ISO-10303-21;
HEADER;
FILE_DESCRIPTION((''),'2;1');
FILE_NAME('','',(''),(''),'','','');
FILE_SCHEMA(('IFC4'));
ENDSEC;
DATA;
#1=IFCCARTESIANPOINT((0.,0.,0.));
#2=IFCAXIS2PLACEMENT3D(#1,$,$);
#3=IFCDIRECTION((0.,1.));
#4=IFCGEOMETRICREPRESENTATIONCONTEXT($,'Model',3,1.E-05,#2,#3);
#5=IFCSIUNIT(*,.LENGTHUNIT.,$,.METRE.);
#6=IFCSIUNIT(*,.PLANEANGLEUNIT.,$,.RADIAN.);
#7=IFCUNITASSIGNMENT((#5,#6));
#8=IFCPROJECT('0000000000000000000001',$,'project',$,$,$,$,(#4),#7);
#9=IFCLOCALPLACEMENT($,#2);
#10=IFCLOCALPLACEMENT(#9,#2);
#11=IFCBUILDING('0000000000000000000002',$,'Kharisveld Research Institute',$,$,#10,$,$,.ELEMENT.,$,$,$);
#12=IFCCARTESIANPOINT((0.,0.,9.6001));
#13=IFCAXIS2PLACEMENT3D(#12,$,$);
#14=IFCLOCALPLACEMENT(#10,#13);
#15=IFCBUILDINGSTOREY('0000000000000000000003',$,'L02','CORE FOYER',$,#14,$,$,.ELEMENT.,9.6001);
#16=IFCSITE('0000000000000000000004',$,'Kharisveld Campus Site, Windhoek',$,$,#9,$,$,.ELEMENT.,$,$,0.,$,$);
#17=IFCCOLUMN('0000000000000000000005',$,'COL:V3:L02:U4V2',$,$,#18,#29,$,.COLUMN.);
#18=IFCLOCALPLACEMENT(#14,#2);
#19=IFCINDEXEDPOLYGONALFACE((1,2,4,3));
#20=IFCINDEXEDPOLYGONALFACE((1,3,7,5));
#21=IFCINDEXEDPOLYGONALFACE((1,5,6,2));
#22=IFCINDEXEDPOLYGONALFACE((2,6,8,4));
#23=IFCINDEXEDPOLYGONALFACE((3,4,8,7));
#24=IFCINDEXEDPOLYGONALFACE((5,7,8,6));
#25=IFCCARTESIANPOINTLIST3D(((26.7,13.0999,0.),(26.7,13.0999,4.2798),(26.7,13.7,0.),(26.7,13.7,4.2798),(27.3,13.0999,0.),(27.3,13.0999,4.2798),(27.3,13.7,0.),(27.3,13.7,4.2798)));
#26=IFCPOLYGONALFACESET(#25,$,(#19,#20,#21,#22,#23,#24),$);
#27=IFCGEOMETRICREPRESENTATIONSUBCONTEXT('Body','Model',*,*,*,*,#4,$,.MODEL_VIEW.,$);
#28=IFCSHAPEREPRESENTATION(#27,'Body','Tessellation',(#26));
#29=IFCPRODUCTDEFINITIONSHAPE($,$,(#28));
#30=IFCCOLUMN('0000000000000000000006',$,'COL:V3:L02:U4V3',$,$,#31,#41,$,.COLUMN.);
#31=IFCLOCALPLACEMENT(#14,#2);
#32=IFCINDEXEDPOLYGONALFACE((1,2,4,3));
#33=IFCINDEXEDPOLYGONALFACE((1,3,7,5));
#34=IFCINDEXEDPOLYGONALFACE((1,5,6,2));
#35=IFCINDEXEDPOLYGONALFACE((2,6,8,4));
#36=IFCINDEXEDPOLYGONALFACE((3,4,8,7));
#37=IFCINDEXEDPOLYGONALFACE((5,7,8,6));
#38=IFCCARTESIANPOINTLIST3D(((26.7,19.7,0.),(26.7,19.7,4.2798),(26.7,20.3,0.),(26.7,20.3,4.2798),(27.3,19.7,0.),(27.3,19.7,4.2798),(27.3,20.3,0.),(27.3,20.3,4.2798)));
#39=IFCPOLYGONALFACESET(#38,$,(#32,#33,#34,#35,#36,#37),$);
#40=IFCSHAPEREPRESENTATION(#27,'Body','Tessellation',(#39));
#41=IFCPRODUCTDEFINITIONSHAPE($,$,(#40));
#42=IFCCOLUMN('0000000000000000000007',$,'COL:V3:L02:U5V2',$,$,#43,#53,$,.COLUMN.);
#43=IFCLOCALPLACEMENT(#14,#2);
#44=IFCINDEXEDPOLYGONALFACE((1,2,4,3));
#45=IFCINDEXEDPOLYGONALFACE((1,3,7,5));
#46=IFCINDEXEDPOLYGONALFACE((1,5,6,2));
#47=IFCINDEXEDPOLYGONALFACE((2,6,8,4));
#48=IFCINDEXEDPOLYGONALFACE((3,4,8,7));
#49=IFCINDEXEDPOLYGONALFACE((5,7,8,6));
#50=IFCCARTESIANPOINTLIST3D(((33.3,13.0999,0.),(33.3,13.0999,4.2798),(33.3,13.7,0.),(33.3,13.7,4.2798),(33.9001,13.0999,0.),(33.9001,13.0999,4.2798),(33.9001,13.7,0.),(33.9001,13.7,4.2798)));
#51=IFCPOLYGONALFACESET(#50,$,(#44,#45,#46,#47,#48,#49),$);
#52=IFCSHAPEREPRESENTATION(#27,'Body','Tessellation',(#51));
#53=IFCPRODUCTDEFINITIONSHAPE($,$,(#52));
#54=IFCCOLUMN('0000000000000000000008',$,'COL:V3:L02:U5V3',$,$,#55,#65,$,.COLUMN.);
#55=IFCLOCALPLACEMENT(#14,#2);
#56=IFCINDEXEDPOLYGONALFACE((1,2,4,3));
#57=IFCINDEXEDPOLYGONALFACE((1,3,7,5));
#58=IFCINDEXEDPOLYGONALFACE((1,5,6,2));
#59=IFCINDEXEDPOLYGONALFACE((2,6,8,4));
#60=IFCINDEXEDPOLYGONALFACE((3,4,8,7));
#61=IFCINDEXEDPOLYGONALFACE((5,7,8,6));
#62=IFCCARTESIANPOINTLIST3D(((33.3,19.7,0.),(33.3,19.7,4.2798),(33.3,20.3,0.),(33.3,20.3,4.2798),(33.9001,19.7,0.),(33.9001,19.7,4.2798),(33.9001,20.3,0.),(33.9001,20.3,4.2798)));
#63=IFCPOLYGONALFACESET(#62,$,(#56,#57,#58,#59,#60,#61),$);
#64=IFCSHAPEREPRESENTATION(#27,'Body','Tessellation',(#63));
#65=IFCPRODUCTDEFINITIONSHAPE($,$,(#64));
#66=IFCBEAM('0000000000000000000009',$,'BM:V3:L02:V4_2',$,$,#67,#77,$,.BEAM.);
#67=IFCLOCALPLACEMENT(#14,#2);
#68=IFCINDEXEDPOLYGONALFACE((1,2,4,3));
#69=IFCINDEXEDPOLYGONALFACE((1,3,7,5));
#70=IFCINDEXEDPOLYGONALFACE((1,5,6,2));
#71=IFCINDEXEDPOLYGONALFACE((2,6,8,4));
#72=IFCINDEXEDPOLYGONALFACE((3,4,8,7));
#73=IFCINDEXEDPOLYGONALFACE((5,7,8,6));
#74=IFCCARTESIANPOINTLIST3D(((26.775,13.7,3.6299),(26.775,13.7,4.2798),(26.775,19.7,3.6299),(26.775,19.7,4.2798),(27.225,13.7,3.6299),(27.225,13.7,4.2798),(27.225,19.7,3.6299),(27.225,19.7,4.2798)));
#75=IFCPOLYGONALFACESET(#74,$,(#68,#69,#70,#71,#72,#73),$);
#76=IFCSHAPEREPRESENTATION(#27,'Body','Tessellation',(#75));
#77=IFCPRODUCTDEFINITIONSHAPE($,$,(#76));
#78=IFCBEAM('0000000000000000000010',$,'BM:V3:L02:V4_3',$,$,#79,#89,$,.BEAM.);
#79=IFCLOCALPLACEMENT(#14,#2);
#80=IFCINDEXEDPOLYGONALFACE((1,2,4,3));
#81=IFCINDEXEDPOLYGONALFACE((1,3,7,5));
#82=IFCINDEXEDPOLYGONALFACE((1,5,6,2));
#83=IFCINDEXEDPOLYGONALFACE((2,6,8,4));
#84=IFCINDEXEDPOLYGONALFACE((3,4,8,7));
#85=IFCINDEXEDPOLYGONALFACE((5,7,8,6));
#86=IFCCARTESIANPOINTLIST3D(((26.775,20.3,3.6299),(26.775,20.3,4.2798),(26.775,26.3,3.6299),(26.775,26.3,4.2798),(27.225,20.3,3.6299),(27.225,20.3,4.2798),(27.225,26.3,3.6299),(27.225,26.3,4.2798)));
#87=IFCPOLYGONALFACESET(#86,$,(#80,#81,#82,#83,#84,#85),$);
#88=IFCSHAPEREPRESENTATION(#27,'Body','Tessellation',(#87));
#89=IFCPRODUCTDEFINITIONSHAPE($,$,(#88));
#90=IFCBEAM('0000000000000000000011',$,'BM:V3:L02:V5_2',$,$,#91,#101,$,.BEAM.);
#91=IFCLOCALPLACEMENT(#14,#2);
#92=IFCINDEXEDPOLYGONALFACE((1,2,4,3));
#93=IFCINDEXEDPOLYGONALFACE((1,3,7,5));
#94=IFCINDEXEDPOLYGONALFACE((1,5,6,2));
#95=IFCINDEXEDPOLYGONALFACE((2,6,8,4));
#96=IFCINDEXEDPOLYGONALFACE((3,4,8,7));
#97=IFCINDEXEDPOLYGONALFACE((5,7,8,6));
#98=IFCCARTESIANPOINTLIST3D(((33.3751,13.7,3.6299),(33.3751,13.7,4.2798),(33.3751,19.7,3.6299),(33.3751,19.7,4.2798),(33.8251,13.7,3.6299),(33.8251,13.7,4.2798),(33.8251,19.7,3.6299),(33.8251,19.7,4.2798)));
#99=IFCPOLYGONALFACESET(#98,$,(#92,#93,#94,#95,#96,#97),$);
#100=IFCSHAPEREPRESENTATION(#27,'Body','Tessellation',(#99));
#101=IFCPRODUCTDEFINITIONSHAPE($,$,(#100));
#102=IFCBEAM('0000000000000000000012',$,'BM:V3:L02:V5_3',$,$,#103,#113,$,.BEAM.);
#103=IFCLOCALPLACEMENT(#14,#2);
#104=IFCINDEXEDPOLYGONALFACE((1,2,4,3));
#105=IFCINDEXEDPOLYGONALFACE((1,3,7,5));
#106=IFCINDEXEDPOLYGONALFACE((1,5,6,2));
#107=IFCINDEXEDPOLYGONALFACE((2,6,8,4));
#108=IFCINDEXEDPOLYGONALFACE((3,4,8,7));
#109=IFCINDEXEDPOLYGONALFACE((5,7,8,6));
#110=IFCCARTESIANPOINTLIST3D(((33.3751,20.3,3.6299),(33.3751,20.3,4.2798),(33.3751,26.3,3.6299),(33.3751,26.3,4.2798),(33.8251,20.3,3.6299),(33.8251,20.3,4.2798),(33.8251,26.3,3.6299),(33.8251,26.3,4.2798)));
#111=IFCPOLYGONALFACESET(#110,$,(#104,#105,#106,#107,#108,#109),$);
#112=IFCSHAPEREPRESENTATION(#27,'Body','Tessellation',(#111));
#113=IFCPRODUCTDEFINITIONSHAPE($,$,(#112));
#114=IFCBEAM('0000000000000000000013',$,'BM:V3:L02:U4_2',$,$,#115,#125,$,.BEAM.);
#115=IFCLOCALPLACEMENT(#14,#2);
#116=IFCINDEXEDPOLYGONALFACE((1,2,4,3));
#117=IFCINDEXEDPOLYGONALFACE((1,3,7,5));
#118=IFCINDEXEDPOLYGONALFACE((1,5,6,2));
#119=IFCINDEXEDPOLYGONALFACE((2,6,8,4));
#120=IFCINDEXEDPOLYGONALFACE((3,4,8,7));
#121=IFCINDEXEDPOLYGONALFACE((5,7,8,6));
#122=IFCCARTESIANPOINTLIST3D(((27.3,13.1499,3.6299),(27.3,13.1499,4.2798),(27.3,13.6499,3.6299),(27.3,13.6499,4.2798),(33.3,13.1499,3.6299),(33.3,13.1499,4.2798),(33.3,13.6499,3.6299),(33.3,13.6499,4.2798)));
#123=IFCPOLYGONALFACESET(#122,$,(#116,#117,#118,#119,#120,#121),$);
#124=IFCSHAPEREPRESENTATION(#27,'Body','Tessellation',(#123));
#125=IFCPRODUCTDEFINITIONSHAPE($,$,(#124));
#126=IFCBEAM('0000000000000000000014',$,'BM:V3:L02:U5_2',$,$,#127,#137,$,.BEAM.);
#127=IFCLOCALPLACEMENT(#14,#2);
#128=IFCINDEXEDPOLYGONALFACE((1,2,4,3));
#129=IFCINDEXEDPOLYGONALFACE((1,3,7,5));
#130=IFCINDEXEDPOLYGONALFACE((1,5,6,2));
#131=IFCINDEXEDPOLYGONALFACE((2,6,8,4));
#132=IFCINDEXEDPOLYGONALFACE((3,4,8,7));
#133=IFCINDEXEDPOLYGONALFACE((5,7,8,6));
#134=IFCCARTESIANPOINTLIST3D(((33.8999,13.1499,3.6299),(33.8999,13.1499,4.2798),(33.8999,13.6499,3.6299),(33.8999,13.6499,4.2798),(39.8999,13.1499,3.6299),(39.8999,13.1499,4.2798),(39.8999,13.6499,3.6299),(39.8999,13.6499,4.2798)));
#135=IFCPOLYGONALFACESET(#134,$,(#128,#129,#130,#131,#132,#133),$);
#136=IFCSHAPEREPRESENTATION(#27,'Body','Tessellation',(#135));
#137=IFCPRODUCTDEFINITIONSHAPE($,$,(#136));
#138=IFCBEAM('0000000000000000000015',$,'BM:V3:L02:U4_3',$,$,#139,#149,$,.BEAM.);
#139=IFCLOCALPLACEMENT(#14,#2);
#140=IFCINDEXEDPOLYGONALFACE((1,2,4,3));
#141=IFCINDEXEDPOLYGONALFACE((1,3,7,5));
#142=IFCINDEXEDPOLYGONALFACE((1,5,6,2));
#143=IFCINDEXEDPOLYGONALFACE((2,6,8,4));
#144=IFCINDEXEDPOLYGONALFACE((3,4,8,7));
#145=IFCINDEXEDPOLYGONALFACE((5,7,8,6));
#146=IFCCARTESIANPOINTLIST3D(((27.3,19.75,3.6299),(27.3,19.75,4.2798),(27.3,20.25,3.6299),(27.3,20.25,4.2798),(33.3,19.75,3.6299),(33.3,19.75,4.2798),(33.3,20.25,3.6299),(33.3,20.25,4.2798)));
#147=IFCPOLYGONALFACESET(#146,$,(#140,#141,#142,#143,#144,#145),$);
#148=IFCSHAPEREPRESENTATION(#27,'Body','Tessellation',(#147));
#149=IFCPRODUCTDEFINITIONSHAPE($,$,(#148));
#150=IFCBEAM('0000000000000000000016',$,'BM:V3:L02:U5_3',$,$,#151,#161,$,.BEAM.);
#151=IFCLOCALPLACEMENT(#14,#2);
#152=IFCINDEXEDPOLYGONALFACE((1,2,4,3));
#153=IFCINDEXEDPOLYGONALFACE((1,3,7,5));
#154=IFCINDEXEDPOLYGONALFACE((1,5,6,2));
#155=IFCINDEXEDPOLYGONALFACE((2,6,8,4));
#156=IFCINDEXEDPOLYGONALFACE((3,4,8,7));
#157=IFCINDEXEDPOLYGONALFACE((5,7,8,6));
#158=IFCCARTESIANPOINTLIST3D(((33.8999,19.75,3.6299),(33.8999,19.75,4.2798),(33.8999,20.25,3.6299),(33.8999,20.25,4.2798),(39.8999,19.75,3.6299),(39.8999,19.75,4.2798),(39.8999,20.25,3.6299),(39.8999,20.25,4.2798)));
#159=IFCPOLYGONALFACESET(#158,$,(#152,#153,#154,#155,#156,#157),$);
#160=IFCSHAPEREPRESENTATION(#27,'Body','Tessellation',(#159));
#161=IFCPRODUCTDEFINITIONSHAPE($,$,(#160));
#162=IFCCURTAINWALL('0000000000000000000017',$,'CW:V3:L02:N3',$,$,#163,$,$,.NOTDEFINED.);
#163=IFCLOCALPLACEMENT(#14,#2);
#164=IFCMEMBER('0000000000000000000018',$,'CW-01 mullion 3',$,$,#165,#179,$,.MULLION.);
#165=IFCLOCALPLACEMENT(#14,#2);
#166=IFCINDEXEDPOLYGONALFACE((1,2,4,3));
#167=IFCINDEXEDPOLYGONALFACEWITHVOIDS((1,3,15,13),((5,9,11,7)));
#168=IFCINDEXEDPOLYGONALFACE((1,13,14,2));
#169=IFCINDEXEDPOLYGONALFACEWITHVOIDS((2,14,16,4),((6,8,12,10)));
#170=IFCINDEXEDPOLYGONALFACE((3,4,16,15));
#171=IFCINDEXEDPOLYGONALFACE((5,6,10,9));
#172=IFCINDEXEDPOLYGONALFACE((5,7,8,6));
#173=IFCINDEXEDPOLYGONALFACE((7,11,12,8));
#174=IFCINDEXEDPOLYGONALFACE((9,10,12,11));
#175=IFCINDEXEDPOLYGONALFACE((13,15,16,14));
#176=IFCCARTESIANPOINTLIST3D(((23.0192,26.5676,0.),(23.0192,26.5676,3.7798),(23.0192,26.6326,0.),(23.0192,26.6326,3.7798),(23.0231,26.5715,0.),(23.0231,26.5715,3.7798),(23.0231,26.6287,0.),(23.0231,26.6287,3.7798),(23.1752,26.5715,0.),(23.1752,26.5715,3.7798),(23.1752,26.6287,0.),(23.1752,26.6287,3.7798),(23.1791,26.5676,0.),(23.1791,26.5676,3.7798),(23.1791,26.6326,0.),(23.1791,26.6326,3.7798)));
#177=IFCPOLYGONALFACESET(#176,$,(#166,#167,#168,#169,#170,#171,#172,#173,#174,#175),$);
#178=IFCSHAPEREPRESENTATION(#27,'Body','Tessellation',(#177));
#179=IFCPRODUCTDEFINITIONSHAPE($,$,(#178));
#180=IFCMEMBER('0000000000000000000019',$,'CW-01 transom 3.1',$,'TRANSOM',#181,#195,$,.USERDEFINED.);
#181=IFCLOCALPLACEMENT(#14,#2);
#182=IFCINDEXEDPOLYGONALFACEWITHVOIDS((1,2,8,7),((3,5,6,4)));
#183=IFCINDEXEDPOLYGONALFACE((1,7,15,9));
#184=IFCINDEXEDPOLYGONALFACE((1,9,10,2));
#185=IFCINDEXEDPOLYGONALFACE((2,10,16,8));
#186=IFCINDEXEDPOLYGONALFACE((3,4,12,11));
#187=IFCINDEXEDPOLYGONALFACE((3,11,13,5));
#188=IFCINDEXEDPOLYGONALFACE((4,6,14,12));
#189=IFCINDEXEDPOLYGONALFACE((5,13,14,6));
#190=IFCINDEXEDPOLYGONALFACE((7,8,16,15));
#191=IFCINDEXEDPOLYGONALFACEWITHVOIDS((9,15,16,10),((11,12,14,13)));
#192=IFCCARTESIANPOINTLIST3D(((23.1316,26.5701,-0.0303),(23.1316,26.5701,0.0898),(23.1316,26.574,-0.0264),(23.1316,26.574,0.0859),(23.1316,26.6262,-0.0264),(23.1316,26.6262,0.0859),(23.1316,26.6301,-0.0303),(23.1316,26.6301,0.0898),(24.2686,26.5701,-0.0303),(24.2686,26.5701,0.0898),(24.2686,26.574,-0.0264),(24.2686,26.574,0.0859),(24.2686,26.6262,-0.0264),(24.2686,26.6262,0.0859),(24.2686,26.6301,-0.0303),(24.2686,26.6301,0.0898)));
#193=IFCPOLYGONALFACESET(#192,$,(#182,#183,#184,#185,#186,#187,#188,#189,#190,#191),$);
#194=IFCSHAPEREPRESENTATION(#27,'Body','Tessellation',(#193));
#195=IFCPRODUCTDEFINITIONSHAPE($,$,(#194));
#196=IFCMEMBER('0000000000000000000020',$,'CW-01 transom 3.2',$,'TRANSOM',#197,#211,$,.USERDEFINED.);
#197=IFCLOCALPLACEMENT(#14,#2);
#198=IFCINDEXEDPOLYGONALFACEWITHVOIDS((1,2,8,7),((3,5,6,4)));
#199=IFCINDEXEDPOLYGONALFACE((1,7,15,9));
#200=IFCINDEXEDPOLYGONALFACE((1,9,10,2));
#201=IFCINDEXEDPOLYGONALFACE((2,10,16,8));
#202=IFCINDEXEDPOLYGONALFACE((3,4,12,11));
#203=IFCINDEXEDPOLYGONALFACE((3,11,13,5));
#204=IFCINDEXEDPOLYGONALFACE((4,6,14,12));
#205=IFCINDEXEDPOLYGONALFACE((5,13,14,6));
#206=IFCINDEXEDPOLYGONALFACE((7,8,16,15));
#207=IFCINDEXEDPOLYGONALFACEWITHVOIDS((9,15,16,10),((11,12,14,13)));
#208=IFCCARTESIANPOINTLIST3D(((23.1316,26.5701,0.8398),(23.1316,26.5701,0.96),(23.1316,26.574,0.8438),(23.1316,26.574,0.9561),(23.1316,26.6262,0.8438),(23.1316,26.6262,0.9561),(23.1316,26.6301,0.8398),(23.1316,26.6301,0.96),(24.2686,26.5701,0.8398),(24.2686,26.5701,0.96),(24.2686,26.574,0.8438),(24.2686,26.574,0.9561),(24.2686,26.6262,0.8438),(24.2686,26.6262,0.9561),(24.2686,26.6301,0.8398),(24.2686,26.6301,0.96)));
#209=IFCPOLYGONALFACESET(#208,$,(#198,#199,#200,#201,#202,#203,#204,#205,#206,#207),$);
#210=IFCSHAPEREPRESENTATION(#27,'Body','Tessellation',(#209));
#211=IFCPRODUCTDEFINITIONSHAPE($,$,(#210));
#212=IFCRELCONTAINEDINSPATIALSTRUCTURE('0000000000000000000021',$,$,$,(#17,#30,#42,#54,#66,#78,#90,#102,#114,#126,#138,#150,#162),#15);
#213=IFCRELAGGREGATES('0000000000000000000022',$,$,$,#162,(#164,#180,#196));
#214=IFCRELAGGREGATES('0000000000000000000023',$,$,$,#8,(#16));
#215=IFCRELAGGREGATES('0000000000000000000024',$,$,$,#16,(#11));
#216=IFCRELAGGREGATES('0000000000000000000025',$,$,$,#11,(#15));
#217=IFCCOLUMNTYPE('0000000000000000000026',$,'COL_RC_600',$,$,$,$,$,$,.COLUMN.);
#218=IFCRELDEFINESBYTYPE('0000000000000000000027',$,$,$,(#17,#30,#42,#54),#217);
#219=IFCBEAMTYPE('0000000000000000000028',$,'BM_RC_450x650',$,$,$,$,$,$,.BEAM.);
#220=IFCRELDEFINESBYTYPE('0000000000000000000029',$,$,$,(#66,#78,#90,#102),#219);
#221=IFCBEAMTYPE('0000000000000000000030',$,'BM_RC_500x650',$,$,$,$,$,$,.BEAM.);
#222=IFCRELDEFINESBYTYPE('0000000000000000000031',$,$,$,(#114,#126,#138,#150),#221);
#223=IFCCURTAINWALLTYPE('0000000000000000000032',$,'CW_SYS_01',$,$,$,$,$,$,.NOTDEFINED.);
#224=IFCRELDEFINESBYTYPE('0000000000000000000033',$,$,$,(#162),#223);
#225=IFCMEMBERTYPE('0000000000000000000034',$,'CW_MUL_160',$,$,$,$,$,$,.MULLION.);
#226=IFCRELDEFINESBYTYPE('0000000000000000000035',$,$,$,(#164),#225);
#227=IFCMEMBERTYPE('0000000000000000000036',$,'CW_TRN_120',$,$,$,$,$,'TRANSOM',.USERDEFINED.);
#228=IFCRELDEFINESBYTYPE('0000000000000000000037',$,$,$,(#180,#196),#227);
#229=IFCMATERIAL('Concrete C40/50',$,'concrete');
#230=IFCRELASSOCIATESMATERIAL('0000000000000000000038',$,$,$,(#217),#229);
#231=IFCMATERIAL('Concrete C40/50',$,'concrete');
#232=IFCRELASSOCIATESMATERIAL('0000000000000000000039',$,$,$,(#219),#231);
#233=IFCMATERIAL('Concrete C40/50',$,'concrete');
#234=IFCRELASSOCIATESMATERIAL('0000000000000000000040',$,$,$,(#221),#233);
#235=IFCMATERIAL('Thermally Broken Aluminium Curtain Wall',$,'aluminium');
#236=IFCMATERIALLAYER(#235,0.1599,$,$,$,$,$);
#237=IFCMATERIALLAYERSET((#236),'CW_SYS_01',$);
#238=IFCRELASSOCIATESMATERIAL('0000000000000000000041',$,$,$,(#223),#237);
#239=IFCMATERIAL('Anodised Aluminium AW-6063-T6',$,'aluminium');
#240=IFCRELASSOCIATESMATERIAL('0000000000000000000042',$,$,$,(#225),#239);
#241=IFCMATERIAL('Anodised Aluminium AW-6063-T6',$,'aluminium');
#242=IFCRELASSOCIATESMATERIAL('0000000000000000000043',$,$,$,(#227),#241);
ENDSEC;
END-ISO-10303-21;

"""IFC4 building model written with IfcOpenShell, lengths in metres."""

from ifc_helpers import new_model, si_unit, direction, frame, origin, origin_2d, place, context, subcontext, project, spatial, rectangle, hollow_rectangle, extrude, material, layer, layer_set, material_profile, profile_set, type_object, element, aggregate, save


model = new_model("IFC4")

# Units and contexts
model_context = context("Model", 3, precision=1e-05, world=origin(), true_north=direction((0.0, 1.0)))
body_context = subcontext(model_context, "Body", "Model", "MODEL_VIEW")
ifc_project = project(units=[si_unit("LENGTHUNIT", "METRE"), si_unit("PLANEANGLEUNIT", "RADIAN")], contexts=[model_context])

# Site, building, storey
site_placement = place(None, origin())
site = spatial("IfcSite", under=ifc_project, at=site_placement, Name="Kharisveld Campus Site, Windhoek", CompositionType="ELEMENT", RefElevation=0.0)
building_placement = place(site_placement, origin())
building = spatial("IfcBuilding", under=site, at=building_placement, Name="Kharisveld Research Institute", CompositionType="ELEMENT")
storey_placement = place(building_placement, frame((0.0, 0.0, 9.6001)))
storey = spatial("IfcBuildingStorey", under=building, at=storey_placement, Name="L02", Description="CORE FOYER", CompositionType="ELEMENT", Elevation=9.6001)

# Columns
ifc_material_1 = material(Name="Concrete C40/50", Category="concrete")
ifc_material_profile_1 = material_profile(ifc_material_1, rectangle(XDim=0.6001, YDim=0.6001, at=origin_2d()))
ifc_profile_set_1 = profile_set([ifc_material_profile_1], Name="Concrete C40/50")
column_type = type_object("IfcColumnType", Name="COL_RC_600", PredefinedType="COLUMN", material=ifc_profile_set_1)
for number, where, z_axis, x_axis, name in (
    (1, (27.0, 13.3999, 0.0), (0.0, 0.0, 1.0), (1.0, 0.0, 0.0), "COL:V3:L02:U4V2"),
    (2, (27.0, 20.0, 0.0), (0.0, 0.0, 1.0), (1.0, 0.0, 0.0), "COL:V3:L02:U4V3"),
    (3, (33.6001, 13.3999, 0.0), (0.0, 0.0, 1.0), (1.0, 0.0, 0.0), "COL:V3:L02:U5V2"),
    (4, (33.6001, 20.0, 0.0), (0.0, 0.0, 1.0), (1.0, 0.0, 0.0), "COL:V3:L02:U5V3"),
):
    element("IfcColumn", number, at=place(storey_placement, frame(where, z_axis=z_axis, x_axis=x_axis)), inside=storey, type_object=column_type, Name=name, PredefinedType="COLUMN", context=body_context, shape_type="SweptSolid", body=[
        extrude(rectangle(XDim=0.6001, YDim=0.6001, at=origin_2d()), origin(), (0.0, 0.0, 1.0), 4.2798),
    ])

# Beams
ifc_material_2 = material(Name="Concrete C40/50", Category="concrete")
ifc_material_profile_2 = material_profile(ifc_material_2, rectangle(XDim=0.45, YDim=0.6499, at=origin_2d()))
ifc_profile_set_2 = profile_set([ifc_material_profile_2], Name="Concrete C40/50")
beam_type_1 = type_object("IfcBeamType", Name="BM_RC_450x650", PredefinedType="BEAM", material=ifc_profile_set_2)
for number, where, z_axis, x_axis, name in (
    (5, (27.0, 13.7, 3.9548), (0.0, 1.0, 0.0), (-1.0, 0.0, 0.0), "BM:V3:L02:V4_2"),
    (6, (27.0, 20.3, 3.9548), (0.0, 1.0, 0.0), (-1.0, 0.0, 0.0), "BM:V3:L02:V4_3"),
    (7, (33.6001, 13.7, 3.9548), (0.0, 1.0, 0.0), (-1.0, 0.0, 0.0), "BM:V3:L02:V5_2"),
    (8, (33.6001, 20.3, 3.9548), (0.0, 1.0, 0.0), (-1.0, 0.0, 0.0), "BM:V3:L02:V5_3"),
):
    element("IfcBeam", number, at=place(storey_placement, frame(where, z_axis=z_axis, x_axis=x_axis)), inside=storey, type_object=beam_type_1, Name=name, PredefinedType="BEAM", context=body_context, shape_type="SweptSolid", body=[
        extrude(rectangle(XDim=0.45, YDim=0.6499, at=origin_2d()), origin(), (0.0, 0.0, 1.0), 6.0),
    ])
ifc_material_3 = material(Name="Concrete C40/50", Category="concrete")
ifc_material_profile_3 = material_profile(ifc_material_3, rectangle(XDim=0.5, YDim=0.6499, at=origin_2d()))
ifc_profile_set_3 = profile_set([ifc_material_profile_3], Name="Concrete C40/50")
beam_type_2 = type_object("IfcBeamType", Name="BM_RC_500x650", PredefinedType="BEAM", material=ifc_profile_set_3)
for number, where, z_axis, x_axis, name in (
    (9, (27.3, 13.3999, 3.9548), (1.0, 0.0, 0.0), (0.0, 1.0, 0.0), "BM:V3:L02:U4_2"),
    (10, (33.8999, 13.3999, 3.9548), (1.0, 0.0, 0.0), (0.0, 1.0, 0.0), "BM:V3:L02:U5_2"),
    (11, (27.3, 20.0, 3.9548), (1.0, 0.0, 0.0), (0.0, 1.0, 0.0), "BM:V3:L02:U4_3"),
    (12, (33.8999, 20.0, 3.9548), (1.0, 0.0, 0.0), (0.0, 1.0, 0.0), "BM:V3:L02:U5_3"),
):
    element("IfcBeam", number, at=place(storey_placement, frame(where, z_axis=z_axis, x_axis=x_axis)), inside=storey, type_object=beam_type_2, Name=name, PredefinedType="BEAM", context=body_context, shape_type="SweptSolid", body=[
        extrude(rectangle(XDim=0.5, YDim=0.6499, at=origin_2d()), origin(), (0.0, 0.0, 1.0), 6.0),
    ])

# Curtain wall, members
ifc_material_4 = material(Name="Thermally Broken Aluminium Curtain Wall", Category="aluminium")
ifc_layer_1 = layer(ifc_material_4, 0.1599)
ifc_layer_set_1 = layer_set([ifc_layer_1], Name="CW_SYS_01")
curtain_wall_type = type_object("IfcCurtainWallType", Name="CW_SYS_01", PredefinedType="NOTDEFINED", material=ifc_layer_set_1)
curtain_wall_placement = place(storey_placement, origin())
curtain_wall = element("IfcCurtainWall", 13, at=curtain_wall_placement, inside=storey, type_object=curtain_wall_type, Name="CW:V3:L02:N3", PredefinedType="NOTDEFINED")
ifc_material_5 = material(Name="Anodised Aluminium AW-6063-T6", Category="aluminium")
ifc_material_profile_4 = material_profile(ifc_material_5, hollow_rectangle(XDim=0.0649, YDim=0.1599, WallThickness=0.0039, at=origin_2d()))
ifc_profile_set_4 = profile_set([ifc_material_profile_4], Name="Anodised Aluminium AW-6063-T6")
member_type_1 = type_object("IfcMemberType", Name="CW_MUL_160", PredefinedType="MULLION", material=ifc_profile_set_4)
member_1_placement = place(storey_placement, frame((23.0991, 26.6001, 0.0), z_axis=(0.0, 0.0, 1.0), x_axis=(0.0, 1.0, 0.0)))
member_1 = element("IfcMember", 14, at=member_1_placement, type_object=member_type_1, Name="CW-01 mullion 3", PredefinedType="MULLION", context=body_context, shape_type="SweptSolid", body=[
    extrude(hollow_rectangle(XDim=0.0649, YDim=0.1599, WallThickness=0.0039, at=origin_2d()), origin(), (0.0, 0.0, 1.0), 3.7798),
])
ifc_material_6 = material(Name="Anodised Aluminium AW-6063-T6", Category="aluminium")
ifc_material_profile_5 = material_profile(ifc_material_6, hollow_rectangle(XDim=0.0601, YDim=0.1201, WallThickness=0.0039, at=origin_2d()))
ifc_profile_set_5 = profile_set([ifc_material_profile_5], Name="Anodised Aluminium AW-6063-T6")
member_type_2 = type_object("IfcMemberType", Name="CW_TRN_120", ElementType="TRANSOM", PredefinedType="USERDEFINED", material=ifc_profile_set_5)
member_2_placement = place(storey_placement, frame((23.1316, 26.6001, 0.0298), z_axis=(1.0, 0.0, 0.0), x_axis=(0.0, 1.0, 0.0)))
member_2 = element("IfcMember", 15, at=member_2_placement, type_object=member_type_2, Name="CW-01 transom 3.1", ObjectType="TRANSOM", PredefinedType="USERDEFINED", context=body_context, shape_type="SweptSolid", body=[
    extrude(hollow_rectangle(XDim=0.0601, YDim=0.1201, WallThickness=0.0039, at=origin_2d()), origin(), (0.0, 0.0, 1.0), 1.137),
])
member_3_placement = place(storey_placement, frame((23.1316, 26.6001, 0.8999), z_axis=(1.0, 0.0, 0.0), x_axis=(0.0, 1.0, 0.0)))
member_3 = element("IfcMember", 16, at=member_3_placement, type_object=member_type_2, Name="CW-01 transom 3.2", ObjectType="TRANSOM", PredefinedType="USERDEFINED", context=body_context, shape_type="SweptSolid", body=[
    extrude(hollow_rectangle(XDim=0.0601, YDim=0.1201, WallThickness=0.0039, at=origin_2d()), origin(), (0.0, 0.0, 1.0), 1.137),
])

aggregate(curtain_wall, [member_1, member_2, member_3])

save(model, "model.ifc")
